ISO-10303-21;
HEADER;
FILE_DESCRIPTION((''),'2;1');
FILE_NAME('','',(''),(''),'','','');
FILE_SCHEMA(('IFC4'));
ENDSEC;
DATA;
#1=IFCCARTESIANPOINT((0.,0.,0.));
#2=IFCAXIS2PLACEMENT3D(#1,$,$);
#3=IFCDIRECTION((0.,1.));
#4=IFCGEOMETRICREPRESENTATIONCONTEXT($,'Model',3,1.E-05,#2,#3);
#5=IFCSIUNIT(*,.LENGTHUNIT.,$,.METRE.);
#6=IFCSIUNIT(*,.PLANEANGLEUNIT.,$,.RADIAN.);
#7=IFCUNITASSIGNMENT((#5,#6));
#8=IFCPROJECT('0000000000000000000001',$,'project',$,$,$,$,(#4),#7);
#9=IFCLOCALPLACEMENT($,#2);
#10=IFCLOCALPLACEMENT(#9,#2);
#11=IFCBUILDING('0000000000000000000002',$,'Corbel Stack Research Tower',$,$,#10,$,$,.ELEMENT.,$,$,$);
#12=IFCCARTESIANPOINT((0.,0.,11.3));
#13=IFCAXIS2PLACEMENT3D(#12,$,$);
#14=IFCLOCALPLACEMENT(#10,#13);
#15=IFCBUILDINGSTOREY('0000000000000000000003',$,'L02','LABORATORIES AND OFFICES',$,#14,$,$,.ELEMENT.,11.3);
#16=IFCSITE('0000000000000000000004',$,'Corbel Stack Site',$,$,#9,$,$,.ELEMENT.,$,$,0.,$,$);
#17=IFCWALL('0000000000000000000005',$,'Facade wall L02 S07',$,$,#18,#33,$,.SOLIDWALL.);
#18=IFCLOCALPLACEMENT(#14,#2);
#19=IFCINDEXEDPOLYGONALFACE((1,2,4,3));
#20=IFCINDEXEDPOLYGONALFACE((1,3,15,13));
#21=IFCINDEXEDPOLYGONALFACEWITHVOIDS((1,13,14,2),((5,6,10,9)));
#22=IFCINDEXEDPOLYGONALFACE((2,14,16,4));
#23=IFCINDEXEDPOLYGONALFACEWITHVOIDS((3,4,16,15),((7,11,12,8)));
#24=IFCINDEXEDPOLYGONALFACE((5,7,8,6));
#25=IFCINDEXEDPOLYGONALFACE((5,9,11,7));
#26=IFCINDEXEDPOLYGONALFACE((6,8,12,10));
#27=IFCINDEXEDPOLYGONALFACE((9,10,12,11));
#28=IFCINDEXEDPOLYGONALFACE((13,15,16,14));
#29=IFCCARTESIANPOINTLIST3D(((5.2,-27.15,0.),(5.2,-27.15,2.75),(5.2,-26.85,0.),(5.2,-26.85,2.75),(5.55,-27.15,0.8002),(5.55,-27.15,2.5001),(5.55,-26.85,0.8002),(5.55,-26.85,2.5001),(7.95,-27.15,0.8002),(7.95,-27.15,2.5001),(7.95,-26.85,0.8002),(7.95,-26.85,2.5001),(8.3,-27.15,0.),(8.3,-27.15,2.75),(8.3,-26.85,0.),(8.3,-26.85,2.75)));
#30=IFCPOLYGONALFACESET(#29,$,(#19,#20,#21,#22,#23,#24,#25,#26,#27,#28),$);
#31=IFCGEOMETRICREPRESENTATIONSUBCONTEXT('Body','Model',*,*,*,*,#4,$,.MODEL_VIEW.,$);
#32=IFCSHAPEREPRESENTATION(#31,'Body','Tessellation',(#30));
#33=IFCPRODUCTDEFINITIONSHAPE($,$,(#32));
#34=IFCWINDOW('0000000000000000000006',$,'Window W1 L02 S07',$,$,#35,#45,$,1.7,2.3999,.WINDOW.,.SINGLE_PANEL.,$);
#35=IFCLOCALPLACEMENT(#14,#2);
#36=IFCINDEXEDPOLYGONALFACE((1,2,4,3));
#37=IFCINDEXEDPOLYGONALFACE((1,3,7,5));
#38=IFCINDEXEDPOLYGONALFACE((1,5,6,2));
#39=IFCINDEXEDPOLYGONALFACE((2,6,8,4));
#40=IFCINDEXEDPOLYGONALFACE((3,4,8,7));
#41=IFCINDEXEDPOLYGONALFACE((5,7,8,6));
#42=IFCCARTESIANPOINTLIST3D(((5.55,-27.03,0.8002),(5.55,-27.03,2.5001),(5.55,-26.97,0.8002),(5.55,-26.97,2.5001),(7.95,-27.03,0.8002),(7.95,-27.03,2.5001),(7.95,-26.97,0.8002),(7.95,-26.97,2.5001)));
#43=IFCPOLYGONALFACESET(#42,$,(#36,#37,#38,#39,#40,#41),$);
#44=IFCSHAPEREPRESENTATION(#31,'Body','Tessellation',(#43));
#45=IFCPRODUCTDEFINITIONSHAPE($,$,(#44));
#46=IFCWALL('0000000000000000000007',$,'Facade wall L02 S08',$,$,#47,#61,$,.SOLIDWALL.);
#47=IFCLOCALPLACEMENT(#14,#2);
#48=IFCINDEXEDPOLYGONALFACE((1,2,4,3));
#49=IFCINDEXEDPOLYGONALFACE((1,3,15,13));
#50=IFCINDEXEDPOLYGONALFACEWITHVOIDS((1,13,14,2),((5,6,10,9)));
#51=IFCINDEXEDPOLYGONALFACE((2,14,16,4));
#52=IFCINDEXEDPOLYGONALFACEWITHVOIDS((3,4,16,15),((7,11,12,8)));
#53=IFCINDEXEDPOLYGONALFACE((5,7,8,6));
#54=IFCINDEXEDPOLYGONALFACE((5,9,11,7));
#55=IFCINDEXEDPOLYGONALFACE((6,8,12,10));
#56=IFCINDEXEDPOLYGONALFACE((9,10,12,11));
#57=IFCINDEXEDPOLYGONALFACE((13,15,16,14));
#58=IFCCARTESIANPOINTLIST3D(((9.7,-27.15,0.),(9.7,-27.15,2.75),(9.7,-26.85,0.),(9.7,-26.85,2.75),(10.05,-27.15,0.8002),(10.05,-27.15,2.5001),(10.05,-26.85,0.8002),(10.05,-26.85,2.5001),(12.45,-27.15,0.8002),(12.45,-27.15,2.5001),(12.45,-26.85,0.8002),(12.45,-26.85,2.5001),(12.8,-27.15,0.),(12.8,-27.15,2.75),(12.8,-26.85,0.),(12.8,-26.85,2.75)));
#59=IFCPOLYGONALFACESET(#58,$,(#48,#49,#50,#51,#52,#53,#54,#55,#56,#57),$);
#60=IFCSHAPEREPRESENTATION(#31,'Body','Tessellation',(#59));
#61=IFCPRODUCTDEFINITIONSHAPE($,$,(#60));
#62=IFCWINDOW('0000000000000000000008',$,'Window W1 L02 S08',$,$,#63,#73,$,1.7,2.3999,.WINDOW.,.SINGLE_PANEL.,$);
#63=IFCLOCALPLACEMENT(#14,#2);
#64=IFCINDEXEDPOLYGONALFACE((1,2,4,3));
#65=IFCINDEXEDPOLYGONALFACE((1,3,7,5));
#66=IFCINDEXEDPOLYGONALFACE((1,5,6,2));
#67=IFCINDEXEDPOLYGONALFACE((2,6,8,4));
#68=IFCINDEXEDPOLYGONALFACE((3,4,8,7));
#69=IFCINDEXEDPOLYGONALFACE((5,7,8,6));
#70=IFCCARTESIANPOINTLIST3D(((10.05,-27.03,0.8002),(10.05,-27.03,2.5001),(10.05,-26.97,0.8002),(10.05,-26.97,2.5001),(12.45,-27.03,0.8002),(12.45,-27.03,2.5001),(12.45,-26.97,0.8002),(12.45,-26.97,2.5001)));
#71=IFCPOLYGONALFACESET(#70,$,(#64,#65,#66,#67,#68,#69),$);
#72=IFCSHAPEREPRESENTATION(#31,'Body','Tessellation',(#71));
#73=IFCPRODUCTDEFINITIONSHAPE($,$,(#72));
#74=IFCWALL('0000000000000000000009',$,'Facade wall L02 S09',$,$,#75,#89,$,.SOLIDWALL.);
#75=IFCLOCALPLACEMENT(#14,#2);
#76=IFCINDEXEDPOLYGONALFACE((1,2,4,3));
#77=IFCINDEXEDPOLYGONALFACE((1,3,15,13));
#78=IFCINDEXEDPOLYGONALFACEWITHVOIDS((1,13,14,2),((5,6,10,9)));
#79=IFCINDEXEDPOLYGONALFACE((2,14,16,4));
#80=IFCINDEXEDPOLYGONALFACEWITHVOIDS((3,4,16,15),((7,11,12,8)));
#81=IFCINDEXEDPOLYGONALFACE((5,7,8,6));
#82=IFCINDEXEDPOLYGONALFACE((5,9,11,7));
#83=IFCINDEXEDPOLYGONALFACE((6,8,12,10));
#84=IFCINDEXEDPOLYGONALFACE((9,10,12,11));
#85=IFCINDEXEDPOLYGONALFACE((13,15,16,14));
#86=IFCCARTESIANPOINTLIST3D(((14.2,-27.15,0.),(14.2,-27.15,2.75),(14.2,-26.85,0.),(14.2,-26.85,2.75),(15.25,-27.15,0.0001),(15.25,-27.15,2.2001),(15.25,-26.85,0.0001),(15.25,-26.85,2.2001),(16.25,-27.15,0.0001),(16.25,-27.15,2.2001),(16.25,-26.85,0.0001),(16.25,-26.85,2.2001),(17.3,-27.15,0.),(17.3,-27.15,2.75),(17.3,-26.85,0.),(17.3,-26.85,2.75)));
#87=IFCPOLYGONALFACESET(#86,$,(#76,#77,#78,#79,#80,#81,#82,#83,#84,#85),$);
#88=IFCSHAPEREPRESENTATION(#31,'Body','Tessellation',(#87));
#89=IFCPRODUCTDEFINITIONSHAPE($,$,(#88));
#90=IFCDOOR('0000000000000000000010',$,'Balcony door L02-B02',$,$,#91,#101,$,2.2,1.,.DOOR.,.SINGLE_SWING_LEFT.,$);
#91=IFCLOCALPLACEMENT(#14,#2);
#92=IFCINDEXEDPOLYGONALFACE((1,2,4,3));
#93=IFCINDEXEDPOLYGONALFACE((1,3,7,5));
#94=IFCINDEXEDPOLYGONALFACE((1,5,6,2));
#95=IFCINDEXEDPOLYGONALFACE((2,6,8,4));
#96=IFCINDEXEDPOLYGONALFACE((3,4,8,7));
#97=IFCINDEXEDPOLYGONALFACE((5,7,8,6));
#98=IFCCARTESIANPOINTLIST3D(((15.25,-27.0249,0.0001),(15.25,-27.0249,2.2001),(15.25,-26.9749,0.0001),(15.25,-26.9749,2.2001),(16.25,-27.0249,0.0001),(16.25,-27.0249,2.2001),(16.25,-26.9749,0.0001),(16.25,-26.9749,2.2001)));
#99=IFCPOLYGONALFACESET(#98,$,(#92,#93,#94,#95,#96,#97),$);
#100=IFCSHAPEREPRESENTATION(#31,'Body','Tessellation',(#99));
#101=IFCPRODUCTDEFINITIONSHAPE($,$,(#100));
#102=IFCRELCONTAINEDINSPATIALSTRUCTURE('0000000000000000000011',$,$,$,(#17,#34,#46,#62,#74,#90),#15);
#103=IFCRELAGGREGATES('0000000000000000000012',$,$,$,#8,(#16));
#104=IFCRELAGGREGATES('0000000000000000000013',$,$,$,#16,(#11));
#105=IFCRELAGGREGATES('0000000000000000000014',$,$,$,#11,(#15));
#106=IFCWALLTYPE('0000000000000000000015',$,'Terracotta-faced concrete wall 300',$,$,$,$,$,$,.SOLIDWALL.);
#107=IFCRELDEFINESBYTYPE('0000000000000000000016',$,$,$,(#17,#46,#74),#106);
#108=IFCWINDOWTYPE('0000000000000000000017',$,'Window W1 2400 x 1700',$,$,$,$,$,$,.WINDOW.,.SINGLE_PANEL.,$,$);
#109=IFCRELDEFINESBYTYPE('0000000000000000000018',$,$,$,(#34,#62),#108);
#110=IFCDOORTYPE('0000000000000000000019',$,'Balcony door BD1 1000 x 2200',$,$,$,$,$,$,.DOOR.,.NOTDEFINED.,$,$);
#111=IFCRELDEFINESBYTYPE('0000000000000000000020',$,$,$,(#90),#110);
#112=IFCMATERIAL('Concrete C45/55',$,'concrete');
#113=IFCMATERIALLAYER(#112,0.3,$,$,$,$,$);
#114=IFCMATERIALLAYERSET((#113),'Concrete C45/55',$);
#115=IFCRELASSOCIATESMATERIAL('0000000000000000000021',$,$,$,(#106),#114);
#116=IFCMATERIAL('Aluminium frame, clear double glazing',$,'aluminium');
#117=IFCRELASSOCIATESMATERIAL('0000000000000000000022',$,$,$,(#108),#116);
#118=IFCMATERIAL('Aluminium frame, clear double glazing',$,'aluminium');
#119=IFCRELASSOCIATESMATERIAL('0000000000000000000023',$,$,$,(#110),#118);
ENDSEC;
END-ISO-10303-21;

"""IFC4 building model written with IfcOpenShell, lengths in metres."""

from ifc_helpers import new_model, si_unit, direction, frame, frame_2d, origin, place, context, subcontext, project, spatial, rectangle, extrude, material, layer, layer_set, type_object, element, fill, save


model = new_model("IFC4")

# Units and contexts
model_context = context("Model", 3, precision=1e-05, world=origin(), true_north=direction((0.0, 1.0)))
body_context = subcontext(model_context, "Body", "Model", "MODEL_VIEW")
ifc_project = project(units=[si_unit("LENGTHUNIT", "METRE"), si_unit("PLANEANGLEUNIT", "RADIAN")], contexts=[model_context])

# Site, building, storey
site_placement = place(None, origin())
site = spatial("IfcSite", under=ifc_project, at=site_placement, Name="Corbel Stack Site", CompositionType="ELEMENT", RefElevation=0.0)
building_placement = place(site_placement, origin())
building = spatial("IfcBuilding", under=site, at=building_placement, Name="Corbel Stack Research Tower", CompositionType="ELEMENT")
storey_placement = place(building_placement, frame((0.0, 0.0, 11.3)))
storey = spatial("IfcBuildingStorey", under=building, at=storey_placement, Name="L02", Description="LABORATORIES AND OFFICES", CompositionType="ELEMENT", Elevation=11.3)

# Walls, openings, windows
ifc_material_1 = material(Name="Concrete C45/55", Category="concrete")
ifc_layer_1 = layer(ifc_material_1, 0.3)
ifc_layer_set_1 = layer_set([ifc_layer_1], Name="Concrete C45/55")
wall_type_1 = type_object("IfcWallType", Name="Terracotta-faced concrete wall 300", PredefinedType="SOLIDWALL", material=ifc_layer_set_1)
wall_1_placement = place(storey_placement, frame((8.3, -27.0, 0.0), z_axis=(0.0, 0.0, 1.0), x_axis=(-1.0, 0.0, 0.0)))
wall_1 = element("IfcWall", 1, at=wall_1_placement, inside=storey, type_object=wall_type_1, Name="Facade wall L02 S07", PredefinedType="SOLIDWALL", context=body_context, shape_type="SweptSolid", body=[
    extrude(rectangle(XDim=3.1001, YDim=0.3, at=frame_2d((1.55, 0.0))), origin(), (0.0, 0.0, 1.0), 2.75),
])
opening_1_placement = place(wall_1_placement, frame((0.3501, 0.0, 0.8)))
opening_1 = element("IfcOpeningElement", 2, at=opening_1_placement, cuts=wall_1, PredefinedType="OPENING", context=body_context, shape_type="SweptSolid", body=[
    extrude(rectangle(XDim=2.3999, YDim=1.7, at=frame_2d((1.2, 0.8501))), frame((0.0, 0.1599, 0.0), z_axis=(0.0, -1.0, 0.0), x_axis=(1.0, 0.0, 0.0)), (0.0, 0.0, 1.0), 0.3201),
])
ifc_material_2 = material(Name="Aluminium frame, clear double glazing", Category="aluminium")
window_type = type_object("IfcWindowType", Name="Window W1 2400 x 1700", PartitioningType="SINGLE_PANEL", PredefinedType="WINDOW", material=ifc_material_2)
window_1_placement = place(opening_1_placement, origin())
window_1 = element("IfcWindow", 3, at=window_1_placement, inside=storey, type_object=window_type, Name="Window W1 L02 S07", OverallHeight=1.7, OverallWidth=2.3999, PartitioningType="SINGLE_PANEL", PredefinedType="WINDOW", context=body_context, shape_type="SweptSolid", body=[
    extrude(rectangle(XDim=2.3999, YDim=1.7, at=frame_2d((1.2, 0.8501))), frame((0.0, 0.03, 0.0), z_axis=(0.0, -1.0, 0.0), x_axis=(1.0, 0.0, 0.0)), (0.0, 0.0, 1.0), 0.0601),
])
fill(opening_1, window_1)
wall_2_placement = place(storey_placement, frame((12.8, -27.0, 0.0), z_axis=(0.0, 0.0, 1.0), x_axis=(-1.0, 0.0, 0.0)))
wall_2 = element("IfcWall", 4, at=wall_2_placement, inside=storey, type_object=wall_type_1, Name="Facade wall L02 S08", PredefinedType="SOLIDWALL", context=body_context, shape_type="SweptSolid", body=[
    extrude(rectangle(XDim=3.1001, YDim=0.3, at=frame_2d((1.55, 0.0))), origin(), (0.0, 0.0, 1.0), 2.75),
])
opening_2_placement = place(wall_2_placement, frame((0.3501, 0.0, 0.8)))
opening_2 = element("IfcOpeningElement", 5, at=opening_2_placement, cuts=wall_2, PredefinedType="OPENING", context=body_context, shape_type="SweptSolid", body=[
    extrude(rectangle(XDim=2.3999, YDim=1.7, at=frame_2d((1.2, 0.8501))), frame((0.0, 0.1599, 0.0), z_axis=(0.0, -1.0, 0.0), x_axis=(1.0, 0.0, 0.0)), (0.0, 0.0, 1.0), 0.3201),
])
window_2_placement = place(opening_2_placement, origin())
window_2 = element("IfcWindow", 6, at=window_2_placement, inside=storey, type_object=window_type, Name="Window W1 L02 S08", OverallHeight=1.7, OverallWidth=2.3999, PartitioningType="SINGLE_PANEL", PredefinedType="WINDOW", context=body_context, shape_type="SweptSolid", body=[
    extrude(rectangle(XDim=2.3999, YDim=1.7, at=frame_2d((1.2, 0.8501))), frame((0.0, 0.03, 0.0), z_axis=(0.0, -1.0, 0.0), x_axis=(1.0, 0.0, 0.0)), (0.0, 0.0, 1.0), 0.0601),
])
fill(opening_2, window_2)

# Wall, opening, door
wall_3_placement = place(storey_placement, frame((17.3, -27.0, 0.0), z_axis=(0.0, 0.0, 1.0), x_axis=(-1.0, 0.0, 0.0)))
wall_3 = element("IfcWall", 7, at=wall_3_placement, inside=storey, type_object=wall_type_1, Name="Facade wall L02 S09", PredefinedType="SOLIDWALL", context=body_context, shape_type="SweptSolid", body=[
    extrude(rectangle(XDim=3.1001, YDim=0.3, at=frame_2d((1.55, 0.0))), origin(), (0.0, 0.0, 1.0), 2.75),
])
opening_3_placement = place(wall_3_placement, frame((1.05, 0.0, 0.0)))
opening_3 = element("IfcOpeningElement", 8, at=opening_3_placement, cuts=wall_3, PredefinedType="OPENING", context=body_context, shape_type="SweptSolid", body=[
    extrude(rectangle(XDim=1.0, YDim=2.2, at=frame_2d((0.5, 1.1001))), frame((0.0, 0.1599, 0.0), z_axis=(0.0, -1.0, 0.0), x_axis=(1.0, 0.0, 0.0)), (0.0, 0.0, 1.0), 0.3201),
])
ifc_material_3 = material(Name="Aluminium frame, clear double glazing", Category="aluminium")
door_type_1 = type_object("IfcDoorType", Name="Balcony door BD1 1000 x 2200", OperationType="NOTDEFINED", PredefinedType="DOOR", material=ifc_material_3)
door_1_placement = place(opening_3_placement, origin())
door_1 = element("IfcDoor", 9, at=door_1_placement, inside=storey, type_object=door_type_1, Name="Balcony door L02-B02", OperationType="SINGLE_SWING_LEFT", OverallHeight=2.2, OverallWidth=1.0, PredefinedType="DOOR", context=body_context, shape_type="SweptSolid", body=[
    extrude(rectangle(XDim=1.0, YDim=2.2, at=frame_2d((0.5, 1.1001))), frame((0.0, 0.0249, 0.0), z_axis=(0.0, -1.0, 0.0), x_axis=(1.0, 0.0, 0.0)), (0.0, 0.0, 1.0), 0.05),
])
fill(opening_3, door_1)

save(model, "model.ifc")
